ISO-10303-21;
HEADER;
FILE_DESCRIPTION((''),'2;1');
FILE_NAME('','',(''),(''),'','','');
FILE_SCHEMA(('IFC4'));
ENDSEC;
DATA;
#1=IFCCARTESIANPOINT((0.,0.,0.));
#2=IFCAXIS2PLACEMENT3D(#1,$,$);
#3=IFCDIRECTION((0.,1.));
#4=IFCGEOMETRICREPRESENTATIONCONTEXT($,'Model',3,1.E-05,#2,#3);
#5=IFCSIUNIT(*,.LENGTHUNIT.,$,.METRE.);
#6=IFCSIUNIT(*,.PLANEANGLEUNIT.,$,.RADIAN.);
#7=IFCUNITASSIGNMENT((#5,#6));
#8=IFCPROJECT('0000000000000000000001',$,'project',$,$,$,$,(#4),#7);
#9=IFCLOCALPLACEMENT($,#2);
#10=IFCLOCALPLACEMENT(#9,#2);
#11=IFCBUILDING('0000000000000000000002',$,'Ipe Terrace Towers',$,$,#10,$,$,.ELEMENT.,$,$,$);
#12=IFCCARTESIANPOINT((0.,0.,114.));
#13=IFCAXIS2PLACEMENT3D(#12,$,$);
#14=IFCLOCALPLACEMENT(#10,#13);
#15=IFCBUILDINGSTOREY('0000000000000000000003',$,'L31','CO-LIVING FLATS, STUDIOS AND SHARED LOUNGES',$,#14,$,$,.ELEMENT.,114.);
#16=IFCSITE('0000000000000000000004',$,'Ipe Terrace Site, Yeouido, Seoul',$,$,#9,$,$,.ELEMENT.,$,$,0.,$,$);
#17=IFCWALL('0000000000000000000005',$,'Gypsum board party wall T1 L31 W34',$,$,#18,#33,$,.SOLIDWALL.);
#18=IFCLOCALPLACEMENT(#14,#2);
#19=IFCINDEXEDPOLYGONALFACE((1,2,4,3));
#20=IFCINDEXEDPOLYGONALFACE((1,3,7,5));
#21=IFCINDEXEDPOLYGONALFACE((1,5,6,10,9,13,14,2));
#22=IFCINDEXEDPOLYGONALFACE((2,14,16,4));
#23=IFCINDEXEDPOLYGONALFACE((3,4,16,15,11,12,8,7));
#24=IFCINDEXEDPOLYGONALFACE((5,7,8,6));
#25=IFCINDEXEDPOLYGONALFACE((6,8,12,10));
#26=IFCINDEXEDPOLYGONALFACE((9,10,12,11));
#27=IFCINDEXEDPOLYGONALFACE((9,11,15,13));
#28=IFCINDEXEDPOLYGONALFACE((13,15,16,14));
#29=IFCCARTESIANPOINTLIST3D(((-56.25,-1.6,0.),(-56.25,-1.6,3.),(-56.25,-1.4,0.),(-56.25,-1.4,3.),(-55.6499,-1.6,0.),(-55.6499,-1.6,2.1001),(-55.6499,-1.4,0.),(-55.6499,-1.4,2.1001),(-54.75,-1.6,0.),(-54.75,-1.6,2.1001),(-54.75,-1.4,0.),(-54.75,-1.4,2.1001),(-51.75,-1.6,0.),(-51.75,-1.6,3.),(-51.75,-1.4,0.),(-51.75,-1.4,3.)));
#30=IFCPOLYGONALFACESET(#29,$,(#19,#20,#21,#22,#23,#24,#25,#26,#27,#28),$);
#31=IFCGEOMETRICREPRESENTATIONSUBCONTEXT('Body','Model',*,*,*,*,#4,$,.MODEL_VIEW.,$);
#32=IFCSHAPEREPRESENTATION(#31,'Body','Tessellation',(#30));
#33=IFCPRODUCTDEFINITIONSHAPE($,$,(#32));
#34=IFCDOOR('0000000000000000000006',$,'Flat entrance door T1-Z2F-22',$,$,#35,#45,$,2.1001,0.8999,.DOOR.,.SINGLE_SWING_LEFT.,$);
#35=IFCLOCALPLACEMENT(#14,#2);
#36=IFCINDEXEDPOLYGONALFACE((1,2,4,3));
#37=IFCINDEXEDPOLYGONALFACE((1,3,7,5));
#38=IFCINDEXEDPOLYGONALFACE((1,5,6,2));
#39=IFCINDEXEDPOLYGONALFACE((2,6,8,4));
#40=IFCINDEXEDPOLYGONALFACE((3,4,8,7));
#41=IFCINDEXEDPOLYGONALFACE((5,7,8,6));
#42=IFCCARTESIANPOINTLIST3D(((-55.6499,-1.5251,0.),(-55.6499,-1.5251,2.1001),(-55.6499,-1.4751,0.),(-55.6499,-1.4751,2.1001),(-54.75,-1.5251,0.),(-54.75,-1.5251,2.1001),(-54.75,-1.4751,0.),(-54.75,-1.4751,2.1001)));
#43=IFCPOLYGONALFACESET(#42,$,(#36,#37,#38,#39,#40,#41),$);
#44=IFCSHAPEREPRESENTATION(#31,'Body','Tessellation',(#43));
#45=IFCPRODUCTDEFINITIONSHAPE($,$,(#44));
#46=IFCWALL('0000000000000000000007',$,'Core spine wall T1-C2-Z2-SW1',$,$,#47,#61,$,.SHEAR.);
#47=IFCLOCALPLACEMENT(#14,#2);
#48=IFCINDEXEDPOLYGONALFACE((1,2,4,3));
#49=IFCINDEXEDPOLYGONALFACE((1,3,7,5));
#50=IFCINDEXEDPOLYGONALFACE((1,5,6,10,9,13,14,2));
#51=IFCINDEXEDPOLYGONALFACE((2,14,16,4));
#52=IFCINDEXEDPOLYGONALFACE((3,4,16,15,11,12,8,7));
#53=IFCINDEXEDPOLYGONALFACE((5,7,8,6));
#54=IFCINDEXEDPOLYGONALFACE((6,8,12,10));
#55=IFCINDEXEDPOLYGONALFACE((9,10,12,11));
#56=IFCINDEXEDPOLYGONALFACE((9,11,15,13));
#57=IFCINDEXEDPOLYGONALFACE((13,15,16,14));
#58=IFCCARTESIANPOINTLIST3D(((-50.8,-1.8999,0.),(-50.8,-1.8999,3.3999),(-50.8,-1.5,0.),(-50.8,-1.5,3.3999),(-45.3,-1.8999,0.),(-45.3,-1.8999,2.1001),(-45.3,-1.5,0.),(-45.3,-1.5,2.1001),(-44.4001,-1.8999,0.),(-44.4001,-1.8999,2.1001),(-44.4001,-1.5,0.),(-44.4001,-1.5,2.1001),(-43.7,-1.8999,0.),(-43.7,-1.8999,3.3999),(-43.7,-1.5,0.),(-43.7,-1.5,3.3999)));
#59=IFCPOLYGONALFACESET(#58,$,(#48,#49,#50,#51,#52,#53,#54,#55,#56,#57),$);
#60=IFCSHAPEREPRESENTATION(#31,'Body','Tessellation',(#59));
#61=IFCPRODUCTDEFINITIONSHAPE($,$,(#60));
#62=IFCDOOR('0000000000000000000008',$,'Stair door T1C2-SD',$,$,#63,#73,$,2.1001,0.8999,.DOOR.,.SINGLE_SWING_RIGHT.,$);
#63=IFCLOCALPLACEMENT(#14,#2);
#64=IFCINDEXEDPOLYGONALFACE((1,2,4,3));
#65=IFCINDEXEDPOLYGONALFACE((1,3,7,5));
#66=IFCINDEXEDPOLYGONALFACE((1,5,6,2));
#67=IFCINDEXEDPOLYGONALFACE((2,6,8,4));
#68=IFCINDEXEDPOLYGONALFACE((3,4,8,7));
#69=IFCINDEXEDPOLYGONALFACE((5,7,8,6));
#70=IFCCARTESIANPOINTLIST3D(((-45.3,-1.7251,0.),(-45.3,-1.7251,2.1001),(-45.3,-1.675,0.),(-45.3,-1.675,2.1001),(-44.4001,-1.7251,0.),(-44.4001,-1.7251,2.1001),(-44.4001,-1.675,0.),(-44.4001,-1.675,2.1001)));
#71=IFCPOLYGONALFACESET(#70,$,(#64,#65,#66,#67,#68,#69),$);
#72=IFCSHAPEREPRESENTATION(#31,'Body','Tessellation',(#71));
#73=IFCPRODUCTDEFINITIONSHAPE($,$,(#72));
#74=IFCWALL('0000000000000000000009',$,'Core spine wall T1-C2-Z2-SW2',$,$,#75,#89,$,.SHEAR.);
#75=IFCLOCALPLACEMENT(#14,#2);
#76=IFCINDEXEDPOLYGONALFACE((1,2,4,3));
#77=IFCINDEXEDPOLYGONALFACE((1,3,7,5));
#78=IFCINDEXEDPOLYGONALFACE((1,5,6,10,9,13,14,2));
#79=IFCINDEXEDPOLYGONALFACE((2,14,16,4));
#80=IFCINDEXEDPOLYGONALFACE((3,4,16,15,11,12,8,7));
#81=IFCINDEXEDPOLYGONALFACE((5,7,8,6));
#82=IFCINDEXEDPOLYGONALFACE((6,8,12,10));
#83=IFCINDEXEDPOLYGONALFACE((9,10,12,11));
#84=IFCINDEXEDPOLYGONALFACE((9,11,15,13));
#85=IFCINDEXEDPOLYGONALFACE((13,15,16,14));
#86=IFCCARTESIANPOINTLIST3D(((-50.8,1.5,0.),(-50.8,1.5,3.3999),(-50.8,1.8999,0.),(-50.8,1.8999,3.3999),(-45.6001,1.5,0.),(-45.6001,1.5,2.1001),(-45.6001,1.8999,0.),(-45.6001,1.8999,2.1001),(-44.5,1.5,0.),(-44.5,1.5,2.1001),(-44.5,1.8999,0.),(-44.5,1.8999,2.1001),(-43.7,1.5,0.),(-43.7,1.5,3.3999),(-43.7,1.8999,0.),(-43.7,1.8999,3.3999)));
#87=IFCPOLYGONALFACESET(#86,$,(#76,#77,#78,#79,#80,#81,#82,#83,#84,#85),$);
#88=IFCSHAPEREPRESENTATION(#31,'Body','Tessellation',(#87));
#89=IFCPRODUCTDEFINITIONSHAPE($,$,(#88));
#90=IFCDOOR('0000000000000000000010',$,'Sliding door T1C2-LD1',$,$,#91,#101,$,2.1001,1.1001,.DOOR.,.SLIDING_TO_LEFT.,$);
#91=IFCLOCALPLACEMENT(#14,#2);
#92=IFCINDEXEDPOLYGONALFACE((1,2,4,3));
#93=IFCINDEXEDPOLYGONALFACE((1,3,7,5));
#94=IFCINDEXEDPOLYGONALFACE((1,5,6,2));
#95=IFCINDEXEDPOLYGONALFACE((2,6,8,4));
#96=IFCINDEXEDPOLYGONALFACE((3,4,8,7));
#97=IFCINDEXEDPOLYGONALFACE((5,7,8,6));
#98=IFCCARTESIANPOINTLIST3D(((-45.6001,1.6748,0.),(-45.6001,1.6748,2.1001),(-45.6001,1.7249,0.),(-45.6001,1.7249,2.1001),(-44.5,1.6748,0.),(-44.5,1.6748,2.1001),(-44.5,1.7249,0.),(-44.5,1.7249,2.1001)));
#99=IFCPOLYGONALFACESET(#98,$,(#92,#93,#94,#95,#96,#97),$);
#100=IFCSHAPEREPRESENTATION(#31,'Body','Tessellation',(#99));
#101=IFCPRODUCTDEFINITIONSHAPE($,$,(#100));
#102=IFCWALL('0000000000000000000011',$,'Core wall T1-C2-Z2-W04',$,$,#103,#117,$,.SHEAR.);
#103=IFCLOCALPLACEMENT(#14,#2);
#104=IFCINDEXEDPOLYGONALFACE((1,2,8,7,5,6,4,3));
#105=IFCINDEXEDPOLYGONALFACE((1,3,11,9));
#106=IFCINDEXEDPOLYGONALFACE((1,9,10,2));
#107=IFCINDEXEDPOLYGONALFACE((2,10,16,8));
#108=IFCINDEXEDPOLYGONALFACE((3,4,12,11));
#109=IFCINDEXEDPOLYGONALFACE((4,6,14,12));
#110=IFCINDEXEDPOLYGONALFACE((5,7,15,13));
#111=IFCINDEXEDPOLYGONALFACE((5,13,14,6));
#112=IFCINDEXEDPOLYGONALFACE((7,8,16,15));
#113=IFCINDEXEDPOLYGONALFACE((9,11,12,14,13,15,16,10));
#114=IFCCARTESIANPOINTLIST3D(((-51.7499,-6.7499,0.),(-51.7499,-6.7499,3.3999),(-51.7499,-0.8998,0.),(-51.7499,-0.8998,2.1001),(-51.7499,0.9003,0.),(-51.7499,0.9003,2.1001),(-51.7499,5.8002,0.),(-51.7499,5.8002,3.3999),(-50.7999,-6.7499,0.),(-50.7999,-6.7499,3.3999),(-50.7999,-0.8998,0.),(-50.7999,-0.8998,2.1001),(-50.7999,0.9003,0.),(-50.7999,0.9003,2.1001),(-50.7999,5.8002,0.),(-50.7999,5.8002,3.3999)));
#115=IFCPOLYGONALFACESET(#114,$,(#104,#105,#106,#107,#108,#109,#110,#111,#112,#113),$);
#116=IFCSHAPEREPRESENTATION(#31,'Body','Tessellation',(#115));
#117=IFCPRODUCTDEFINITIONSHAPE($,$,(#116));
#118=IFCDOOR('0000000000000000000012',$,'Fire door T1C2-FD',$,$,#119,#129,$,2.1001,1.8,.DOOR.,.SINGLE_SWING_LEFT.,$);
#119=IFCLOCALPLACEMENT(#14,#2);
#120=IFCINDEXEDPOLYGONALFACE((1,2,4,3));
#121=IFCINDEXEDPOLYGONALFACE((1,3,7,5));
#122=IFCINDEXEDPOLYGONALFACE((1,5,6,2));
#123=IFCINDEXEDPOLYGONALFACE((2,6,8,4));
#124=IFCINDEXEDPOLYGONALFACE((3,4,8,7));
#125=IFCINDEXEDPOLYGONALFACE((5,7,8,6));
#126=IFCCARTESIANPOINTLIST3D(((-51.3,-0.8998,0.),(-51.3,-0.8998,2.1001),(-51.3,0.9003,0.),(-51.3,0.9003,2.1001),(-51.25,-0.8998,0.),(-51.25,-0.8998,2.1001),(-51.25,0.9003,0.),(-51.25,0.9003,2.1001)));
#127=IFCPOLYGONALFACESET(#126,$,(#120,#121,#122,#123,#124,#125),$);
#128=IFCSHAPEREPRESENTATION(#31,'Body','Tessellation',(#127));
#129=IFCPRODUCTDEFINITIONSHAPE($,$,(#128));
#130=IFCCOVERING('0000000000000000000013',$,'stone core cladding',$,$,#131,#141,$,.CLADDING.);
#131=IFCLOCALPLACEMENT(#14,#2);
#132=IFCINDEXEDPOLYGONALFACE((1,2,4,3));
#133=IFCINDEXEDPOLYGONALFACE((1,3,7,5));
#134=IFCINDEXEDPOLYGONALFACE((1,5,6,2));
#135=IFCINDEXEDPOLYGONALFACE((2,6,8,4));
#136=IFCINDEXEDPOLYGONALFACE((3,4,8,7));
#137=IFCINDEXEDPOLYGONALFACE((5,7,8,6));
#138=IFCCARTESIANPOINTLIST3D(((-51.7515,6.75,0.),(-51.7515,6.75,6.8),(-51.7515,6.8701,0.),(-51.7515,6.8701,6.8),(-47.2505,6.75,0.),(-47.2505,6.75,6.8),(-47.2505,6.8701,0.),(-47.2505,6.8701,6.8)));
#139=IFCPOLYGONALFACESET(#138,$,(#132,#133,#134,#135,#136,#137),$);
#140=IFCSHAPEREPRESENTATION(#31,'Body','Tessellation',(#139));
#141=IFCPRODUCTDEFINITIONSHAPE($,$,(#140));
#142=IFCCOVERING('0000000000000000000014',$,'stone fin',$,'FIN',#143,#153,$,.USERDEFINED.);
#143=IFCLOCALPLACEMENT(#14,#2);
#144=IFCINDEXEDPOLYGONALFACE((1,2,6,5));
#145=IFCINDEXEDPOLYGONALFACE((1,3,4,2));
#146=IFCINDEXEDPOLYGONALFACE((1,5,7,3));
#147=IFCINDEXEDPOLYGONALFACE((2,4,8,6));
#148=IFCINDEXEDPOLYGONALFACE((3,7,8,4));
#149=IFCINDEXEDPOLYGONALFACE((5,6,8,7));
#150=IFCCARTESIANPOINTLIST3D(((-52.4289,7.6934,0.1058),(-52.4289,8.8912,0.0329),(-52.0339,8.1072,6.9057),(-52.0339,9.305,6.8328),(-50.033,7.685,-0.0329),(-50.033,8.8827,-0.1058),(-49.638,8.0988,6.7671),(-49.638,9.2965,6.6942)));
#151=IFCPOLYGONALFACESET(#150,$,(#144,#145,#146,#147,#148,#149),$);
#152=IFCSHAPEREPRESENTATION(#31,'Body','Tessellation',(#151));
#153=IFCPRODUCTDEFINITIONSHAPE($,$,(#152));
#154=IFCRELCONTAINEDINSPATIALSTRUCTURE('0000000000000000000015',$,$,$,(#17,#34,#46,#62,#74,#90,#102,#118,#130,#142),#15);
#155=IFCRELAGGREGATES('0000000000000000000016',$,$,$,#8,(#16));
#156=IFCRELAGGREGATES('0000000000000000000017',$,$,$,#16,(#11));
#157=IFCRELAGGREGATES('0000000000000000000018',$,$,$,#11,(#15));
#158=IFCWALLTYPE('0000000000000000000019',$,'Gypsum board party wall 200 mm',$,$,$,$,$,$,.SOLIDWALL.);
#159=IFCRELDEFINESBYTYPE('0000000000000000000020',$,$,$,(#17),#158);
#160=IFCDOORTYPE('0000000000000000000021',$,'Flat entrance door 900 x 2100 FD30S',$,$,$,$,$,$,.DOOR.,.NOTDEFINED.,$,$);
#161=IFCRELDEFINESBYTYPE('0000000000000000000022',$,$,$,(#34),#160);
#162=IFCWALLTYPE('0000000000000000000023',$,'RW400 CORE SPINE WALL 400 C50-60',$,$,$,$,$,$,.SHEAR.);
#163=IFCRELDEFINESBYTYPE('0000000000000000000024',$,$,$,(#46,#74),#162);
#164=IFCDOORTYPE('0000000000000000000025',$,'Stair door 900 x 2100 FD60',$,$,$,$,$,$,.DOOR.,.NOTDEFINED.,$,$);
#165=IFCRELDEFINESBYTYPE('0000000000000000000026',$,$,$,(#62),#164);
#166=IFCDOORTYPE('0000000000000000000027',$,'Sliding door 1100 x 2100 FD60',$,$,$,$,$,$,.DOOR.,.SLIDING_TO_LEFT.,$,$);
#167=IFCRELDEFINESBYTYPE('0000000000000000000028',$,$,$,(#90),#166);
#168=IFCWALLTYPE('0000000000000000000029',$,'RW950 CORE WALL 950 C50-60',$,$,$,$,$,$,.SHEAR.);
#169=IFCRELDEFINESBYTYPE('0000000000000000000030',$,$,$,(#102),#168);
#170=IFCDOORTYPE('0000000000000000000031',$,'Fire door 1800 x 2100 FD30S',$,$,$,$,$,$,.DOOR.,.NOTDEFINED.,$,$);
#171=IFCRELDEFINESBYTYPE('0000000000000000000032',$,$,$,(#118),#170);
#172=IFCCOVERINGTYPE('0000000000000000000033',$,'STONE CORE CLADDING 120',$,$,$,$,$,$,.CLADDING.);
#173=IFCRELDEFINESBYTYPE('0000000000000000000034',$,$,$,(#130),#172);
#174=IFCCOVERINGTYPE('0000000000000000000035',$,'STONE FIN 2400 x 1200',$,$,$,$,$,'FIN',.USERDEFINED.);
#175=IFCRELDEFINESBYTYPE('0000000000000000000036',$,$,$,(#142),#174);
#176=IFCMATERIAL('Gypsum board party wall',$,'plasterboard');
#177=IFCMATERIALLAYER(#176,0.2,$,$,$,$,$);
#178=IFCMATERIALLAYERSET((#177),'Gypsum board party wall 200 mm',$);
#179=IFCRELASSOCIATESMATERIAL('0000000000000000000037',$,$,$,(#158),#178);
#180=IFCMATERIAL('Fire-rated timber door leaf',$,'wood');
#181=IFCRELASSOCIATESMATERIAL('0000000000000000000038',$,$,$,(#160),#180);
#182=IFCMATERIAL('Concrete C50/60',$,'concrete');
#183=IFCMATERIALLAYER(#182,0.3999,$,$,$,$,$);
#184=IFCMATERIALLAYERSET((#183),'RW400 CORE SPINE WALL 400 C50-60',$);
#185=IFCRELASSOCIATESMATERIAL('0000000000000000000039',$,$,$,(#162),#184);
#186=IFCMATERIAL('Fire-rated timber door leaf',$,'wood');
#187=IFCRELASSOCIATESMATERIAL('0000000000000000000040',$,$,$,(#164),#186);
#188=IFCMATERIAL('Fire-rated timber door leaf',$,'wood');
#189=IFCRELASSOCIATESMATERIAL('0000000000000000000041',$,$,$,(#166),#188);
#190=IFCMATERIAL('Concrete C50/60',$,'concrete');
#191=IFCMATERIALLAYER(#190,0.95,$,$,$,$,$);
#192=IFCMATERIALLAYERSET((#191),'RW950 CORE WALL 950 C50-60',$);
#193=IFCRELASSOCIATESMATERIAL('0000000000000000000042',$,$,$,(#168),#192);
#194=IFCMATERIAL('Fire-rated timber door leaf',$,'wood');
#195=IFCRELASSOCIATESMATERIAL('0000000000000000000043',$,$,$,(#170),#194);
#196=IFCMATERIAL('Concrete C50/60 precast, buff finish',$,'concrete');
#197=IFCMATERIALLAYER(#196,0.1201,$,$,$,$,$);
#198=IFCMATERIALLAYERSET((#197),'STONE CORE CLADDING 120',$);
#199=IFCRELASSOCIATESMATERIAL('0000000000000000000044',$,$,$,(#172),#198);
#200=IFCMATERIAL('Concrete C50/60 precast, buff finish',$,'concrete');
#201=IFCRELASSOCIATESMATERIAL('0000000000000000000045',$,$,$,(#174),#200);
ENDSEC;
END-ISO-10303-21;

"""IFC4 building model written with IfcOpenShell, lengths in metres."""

from ifc_helpers import new_model, si_unit, direction, frame, frame_2d, origin, origin_2d, place, context, subcontext, project, spatial, rectangle, extrude, material, layer, layer_set, material_profile, profile_set, type_object, element, fill, save


model = new_model("IFC4")

# Units and contexts
model_context = context("Model", 3, precision=1e-05, world=origin(), true_north=direction((0.0, 1.0)))
body_context = subcontext(model_context, "Body", "Model", "MODEL_VIEW")
ifc_project = project(units=[si_unit("LENGTHUNIT", "METRE"), si_unit("PLANEANGLEUNIT", "RADIAN")], contexts=[model_context])

# Site, building, storey
site_placement = place(None, origin())
site = spatial("IfcSite", under=ifc_project, at=site_placement, Name="Ipe Terrace Site, Yeouido, Seoul", CompositionType="ELEMENT", RefElevation=0.0)
building_placement = place(site_placement, origin())
building = spatial("IfcBuilding", under=site, at=building_placement, Name="Ipe Terrace Towers", CompositionType="ELEMENT")
storey_placement = place(building_placement, frame((0.0, 0.0, 114.0)))
storey = spatial("IfcBuildingStorey", under=building, at=storey_placement, Name="L31", Description="CO-LIVING FLATS, STUDIOS AND SHARED LOUNGES", CompositionType="ELEMENT", Elevation=114.0)

# Walls, openings, doors
ifc_material_1 = material(Name="Gypsum board party wall", Category="plasterboard")
ifc_layer_1 = layer(ifc_material_1, 0.2)
ifc_layer_set_1 = layer_set([ifc_layer_1], Name="Gypsum board party wall 200 mm")
wall_type_1 = type_object("IfcWallType", Name="Gypsum board party wall 200 mm", PredefinedType="SOLIDWALL", material=ifc_layer_set_1)
wall_1_placement = place(storey_placement, frame((-56.25, -1.5, 0.0), z_axis=(0.0, 0.0, 1.0), x_axis=(1.0, 0.0, 0.0)))
wall_1 = element("IfcWall", 1, at=wall_1_placement, inside=storey, type_object=wall_type_1, Name="Gypsum board party wall T1 L31 W34", PredefinedType="SOLIDWALL", context=body_context, shape_type="SweptSolid", body=[
    extrude(rectangle(XDim=4.5, YDim=0.2, at=frame_2d((2.25, 0.0))), origin(), (0.0, 0.0, 1.0), 3.0),
])
opening_1_placement = place(wall_1_placement, frame((0.6001, 0.0, 0.0)))
opening_1 = element("IfcOpeningElement", 2, at=opening_1_placement, cuts=wall_1, PredefinedType="OPENING", context=body_context, shape_type="SweptSolid", body=[
    extrude(rectangle(XDim=0.8999, YDim=2.1001, at=frame_2d((0.45, 1.05))), frame((0.0, 0.1099, 0.0), z_axis=(0.0, -1.0, 0.0), x_axis=(1.0, 0.0, 0.0)), (0.0, 0.0, 1.0), 0.22),
])
ifc_material_2 = material(Name="Fire-rated timber door leaf", Category="wood")
door_type_1 = type_object("IfcDoorType", Name="Flat entrance door 900 x 2100 FD30S", OperationType="NOTDEFINED", PredefinedType="DOOR", material=ifc_material_2)
door_1_placement = place(opening_1_placement, origin())
door_1 = element("IfcDoor", 3, at=door_1_placement, inside=storey, type_object=door_type_1, Name="Flat entrance door T1-Z2F-22", OperationType="SINGLE_SWING_LEFT", OverallHeight=2.1001, OverallWidth=0.8999, PredefinedType="DOOR", context=body_context, shape_type="SweptSolid", body=[
    extrude(rectangle(XDim=0.8999, YDim=2.1001, at=frame_2d((0.45, 1.05))), frame((0.0, 0.0249, 0.0), z_axis=(0.0, -1.0, 0.0), x_axis=(1.0, 0.0, 0.0)), (0.0, 0.0, 1.0), 0.05),
])
fill(opening_1, door_1)
ifc_material_3 = material(Name="Concrete C50/60", Category="concrete")
ifc_layer_2 = layer(ifc_material_3, 0.3999)
ifc_layer_set_2 = layer_set([ifc_layer_2], Name="RW400 CORE SPINE WALL 400 C50-60")
wall_type_2 = type_object("IfcWallType", Name="RW400 CORE SPINE WALL 400 C50-60", PredefinedType="SHEAR", material=ifc_layer_set_2)
wall_2_placement = place(storey_placement, frame((-50.8, -1.7, 0.0), z_axis=(0.0, 0.0, 1.0), x_axis=(1.0, 0.0, 0.0)))
wall_2 = element("IfcWall", 4, at=wall_2_placement, inside=storey, type_object=wall_type_2, Name="Core spine wall T1-C2-Z2-SW1", PredefinedType="SHEAR", context=body_context, shape_type="SweptSolid", body=[
    extrude(rectangle(XDim=7.1001, YDim=0.3999, at=frame_2d((3.55, 0.0))), origin(), (0.0, 0.0, 1.0), 3.3999),
])
opening_2_placement = place(wall_2_placement, frame((5.5, 0.0, 0.0)))
opening_2 = element("IfcOpeningElement", 5, at=opening_2_placement, cuts=wall_2, PredefinedType="OPENING", context=body_context, shape_type="SweptSolid", body=[
    extrude(rectangle(XDim=0.8999, YDim=2.1001, at=frame_2d((0.45, 1.05))), frame((0.0, 0.21, 0.0), z_axis=(0.0, -1.0, 0.0), x_axis=(1.0, 0.0, 0.0)), (0.0, 0.0, 1.0), 0.4199),
])
ifc_material_4 = material(Name="Fire-rated timber door leaf", Category="wood")
door_type_2 = type_object("IfcDoorType", Name="Stair door 900 x 2100 FD60", OperationType="NOTDEFINED", PredefinedType="DOOR", material=ifc_material_4)
door_2_placement = place(opening_2_placement, origin())
door_2 = element("IfcDoor", 6, at=door_2_placement, inside=storey, type_object=door_type_2, Name="Stair door T1C2-SD", OperationType="SINGLE_SWING_RIGHT", OverallHeight=2.1001, OverallWidth=0.8999, PredefinedType="DOOR", context=body_context, shape_type="SweptSolid", body=[
    extrude(rectangle(XDim=0.8999, YDim=2.1001, at=frame_2d((0.45, 1.05))), frame((0.0, 0.0249, 0.0), z_axis=(0.0, -1.0, 0.0), x_axis=(1.0, 0.0, 0.0)), (0.0, 0.0, 1.0), 0.05),
])
fill(opening_2, door_2)
wall_3_placement = place(storey_placement, frame((-50.8, 1.7, 0.0), z_axis=(0.0, 0.0, 1.0), x_axis=(1.0, 0.0, 0.0)))
wall_3 = element("IfcWall", 7, at=wall_3_placement, inside=storey, type_object=wall_type_2, Name="Core spine wall T1-C2-Z2-SW2", PredefinedType="SHEAR", context=body_context, shape_type="SweptSolid", body=[
    extrude(rectangle(XDim=7.1001, YDim=0.3999, at=frame_2d((3.55, 0.0))), origin(), (0.0, 0.0, 1.0), 3.3999),
])
opening_3_placement = place(wall_3_placement, frame((5.2, 0.0, 0.0)))
opening_3 = element("IfcOpeningElement", 8, at=opening_3_placement, cuts=wall_3, PredefinedType="OPENING", context=body_context, shape_type="SweptSolid", body=[
    extrude(rectangle(XDim=1.1001, YDim=2.1001, at=frame_2d((0.55, 1.05))), frame((0.0, 0.21, 0.0), z_axis=(0.0, -1.0, 0.0), x_axis=(1.0, 0.0, 0.0)), (0.0, 0.0, 1.0), 0.4199),
])
ifc_material_5 = material(Name="Fire-rated timber door leaf", Category="wood")
door_type_3 = type_object("IfcDoorType", Name="Sliding door 1100 x 2100 FD60", OperationType="SLIDING_TO_LEFT", PredefinedType="DOOR", material=ifc_material_5)
door_3_placement = place(opening_3_placement, origin())
door_3 = element("IfcDoor", 9, at=door_3_placement, inside=storey, type_object=door_type_3, Name="Sliding door T1C2-LD1", OperationType="SLIDING_TO_LEFT", OverallHeight=2.1001, OverallWidth=1.1001, PredefinedType="DOOR", context=body_context, shape_type="SweptSolid", body=[
    extrude(rectangle(XDim=1.1001, YDim=2.1001, at=frame_2d((0.55, 1.05))), frame((0.0, 0.0249, 0.0), z_axis=(0.0, -1.0, 0.0), x_axis=(1.0, 0.0, 0.0)), (0.0, 0.0, 1.0), 0.05),
])
fill(opening_3, door_3)
ifc_material_6 = material(Name="Concrete C50/60", Category="concrete")
ifc_layer_3 = layer(ifc_material_6, 0.95)
ifc_layer_set_3 = layer_set([ifc_layer_3], Name="RW950 CORE WALL 950 C50-60")
wall_type_3 = type_object("IfcWallType", Name="RW950 CORE WALL 950 C50-60", PredefinedType="SHEAR", material=ifc_layer_set_3)
wall_4_placement = place(storey_placement, frame((-51.2749, 5.8, 0.0), z_axis=(0.0, 0.0, 1.0), x_axis=(0.0, -1.0, 0.0)))
wall_4 = element("IfcWall", 10, at=wall_4_placement, inside=storey, type_object=wall_type_3, Name="Core wall T1-C2-Z2-W04", PredefinedType="SHEAR", context=body_context, shape_type="SweptSolid", body=[
    extrude(rectangle(XDim=12.55, YDim=0.95, at=frame_2d((6.2749, 0.0))), origin(), (0.0, 0.0, 1.0), 3.3999),
])
opening_4_placement = place(wall_4_placement, frame((4.8999, 0.0, 0.0)))
opening_4 = element("IfcOpeningElement", 11, at=opening_4_placement, cuts=wall_4, PredefinedType="OPENING", context=body_context, shape_type="SweptSolid", body=[
    extrude(rectangle(XDim=1.8, YDim=2.1001, at=frame_2d((0.8999, 1.05))), frame((0.0, 0.4849, 0.0), z_axis=(0.0, -1.0, 0.0), x_axis=(1.0, 0.0, 0.0)), (0.0, 0.0, 1.0), 0.97),
])
ifc_material_7 = material(Name="Fire-rated timber door leaf", Category="wood")
door_type_4 = type_object("IfcDoorType", Name="Fire door 1800 x 2100 FD30S", OperationType="NOTDEFINED", PredefinedType="DOOR", material=ifc_material_7)
door_4_placement = place(opening_4_placement, origin())
door_4 = element("IfcDoor", 12, at=door_4_placement, inside=storey, type_object=door_type_4, Name="Fire door T1C2-FD", OperationType="SINGLE_SWING_LEFT", OverallHeight=2.1001, OverallWidth=1.8, PredefinedType="DOOR", context=body_context, shape_type="SweptSolid", body=[
    extrude(rectangle(XDim=1.8, YDim=2.1001, at=frame_2d((0.8999, 1.05))), frame((0.0, 0.0249, 0.0), z_axis=(0.0, -1.0, 0.0), x_axis=(1.0, 0.0, 0.0)), (0.0, 0.0, 1.0), 0.05),
])
fill(opening_4, door_4)

# Coverings
ifc_material_8 = material(Name="Concrete C50/60 precast, buff finish", Category="concrete")
ifc_layer_4 = layer(ifc_material_8, 0.1201)
ifc_layer_set_4 = layer_set([ifc_layer_4], Name="STONE CORE CLADDING 120")
covering_type_1 = type_object("IfcCoveringType", Name="STONE CORE CLADDING 120", PredefinedType="CLADDING", material=ifc_layer_set_4)
covering_1_placement = place(storey_placement, frame((-49.501, 6.8101, 0.0), z_axis=(0.0, 0.0, 1.0), x_axis=(-1.0, 0.0, 0.0)))
element("IfcCovering", 13, at=covering_1_placement, inside=storey, type_object=covering_type_1, Name="stone core cladding", PredefinedType="CLADDING", context=body_context, shape_type="SweptSolid", body=[
    extrude(rectangle(XDim=4.501, YDim=0.1201, at=origin_2d()), origin(), (0.0, 0.0, 1.0), 6.8),
])
ifc_material_9 = material(Name="Concrete C50/60 precast, buff finish", Category="concrete")
ifc_material_profile_1 = material_profile(ifc_material_9, rectangle(XDim=2.3999, YDim=1.2, at=origin_2d()), Name="STONE FIN 2400 x 1200")
ifc_profile_set_1 = profile_set([ifc_material_profile_1], Name="Concrete C50/60 precast, buff finish")
covering_type_2 = type_object("IfcCoveringType", Name="STONE FIN 2400 x 1200", ElementType="FIN", PredefinedType="USERDEFINED", material=ifc_profile_set_1)
covering_2_placement = place(storey_placement, frame((-51.231, 8.2881, 0.0), z_axis=(0.057886, 0.060641, 0.99648), x_axis=(-0.998323, 0.003516, 0.057779)))
element("IfcCovering", 14, at=covering_2_placement, inside=storey, type_object=covering_type_2, Name="stone fin", ObjectType="FIN", PredefinedType="USERDEFINED", context=body_context, shape_type="SweptSolid", body=[
    extrude(rectangle(XDim=2.3999, YDim=1.2, at=origin_2d()), origin(), (0.0, 0.0, 1.0), 6.824),
])

save(model, "model.ifc")
